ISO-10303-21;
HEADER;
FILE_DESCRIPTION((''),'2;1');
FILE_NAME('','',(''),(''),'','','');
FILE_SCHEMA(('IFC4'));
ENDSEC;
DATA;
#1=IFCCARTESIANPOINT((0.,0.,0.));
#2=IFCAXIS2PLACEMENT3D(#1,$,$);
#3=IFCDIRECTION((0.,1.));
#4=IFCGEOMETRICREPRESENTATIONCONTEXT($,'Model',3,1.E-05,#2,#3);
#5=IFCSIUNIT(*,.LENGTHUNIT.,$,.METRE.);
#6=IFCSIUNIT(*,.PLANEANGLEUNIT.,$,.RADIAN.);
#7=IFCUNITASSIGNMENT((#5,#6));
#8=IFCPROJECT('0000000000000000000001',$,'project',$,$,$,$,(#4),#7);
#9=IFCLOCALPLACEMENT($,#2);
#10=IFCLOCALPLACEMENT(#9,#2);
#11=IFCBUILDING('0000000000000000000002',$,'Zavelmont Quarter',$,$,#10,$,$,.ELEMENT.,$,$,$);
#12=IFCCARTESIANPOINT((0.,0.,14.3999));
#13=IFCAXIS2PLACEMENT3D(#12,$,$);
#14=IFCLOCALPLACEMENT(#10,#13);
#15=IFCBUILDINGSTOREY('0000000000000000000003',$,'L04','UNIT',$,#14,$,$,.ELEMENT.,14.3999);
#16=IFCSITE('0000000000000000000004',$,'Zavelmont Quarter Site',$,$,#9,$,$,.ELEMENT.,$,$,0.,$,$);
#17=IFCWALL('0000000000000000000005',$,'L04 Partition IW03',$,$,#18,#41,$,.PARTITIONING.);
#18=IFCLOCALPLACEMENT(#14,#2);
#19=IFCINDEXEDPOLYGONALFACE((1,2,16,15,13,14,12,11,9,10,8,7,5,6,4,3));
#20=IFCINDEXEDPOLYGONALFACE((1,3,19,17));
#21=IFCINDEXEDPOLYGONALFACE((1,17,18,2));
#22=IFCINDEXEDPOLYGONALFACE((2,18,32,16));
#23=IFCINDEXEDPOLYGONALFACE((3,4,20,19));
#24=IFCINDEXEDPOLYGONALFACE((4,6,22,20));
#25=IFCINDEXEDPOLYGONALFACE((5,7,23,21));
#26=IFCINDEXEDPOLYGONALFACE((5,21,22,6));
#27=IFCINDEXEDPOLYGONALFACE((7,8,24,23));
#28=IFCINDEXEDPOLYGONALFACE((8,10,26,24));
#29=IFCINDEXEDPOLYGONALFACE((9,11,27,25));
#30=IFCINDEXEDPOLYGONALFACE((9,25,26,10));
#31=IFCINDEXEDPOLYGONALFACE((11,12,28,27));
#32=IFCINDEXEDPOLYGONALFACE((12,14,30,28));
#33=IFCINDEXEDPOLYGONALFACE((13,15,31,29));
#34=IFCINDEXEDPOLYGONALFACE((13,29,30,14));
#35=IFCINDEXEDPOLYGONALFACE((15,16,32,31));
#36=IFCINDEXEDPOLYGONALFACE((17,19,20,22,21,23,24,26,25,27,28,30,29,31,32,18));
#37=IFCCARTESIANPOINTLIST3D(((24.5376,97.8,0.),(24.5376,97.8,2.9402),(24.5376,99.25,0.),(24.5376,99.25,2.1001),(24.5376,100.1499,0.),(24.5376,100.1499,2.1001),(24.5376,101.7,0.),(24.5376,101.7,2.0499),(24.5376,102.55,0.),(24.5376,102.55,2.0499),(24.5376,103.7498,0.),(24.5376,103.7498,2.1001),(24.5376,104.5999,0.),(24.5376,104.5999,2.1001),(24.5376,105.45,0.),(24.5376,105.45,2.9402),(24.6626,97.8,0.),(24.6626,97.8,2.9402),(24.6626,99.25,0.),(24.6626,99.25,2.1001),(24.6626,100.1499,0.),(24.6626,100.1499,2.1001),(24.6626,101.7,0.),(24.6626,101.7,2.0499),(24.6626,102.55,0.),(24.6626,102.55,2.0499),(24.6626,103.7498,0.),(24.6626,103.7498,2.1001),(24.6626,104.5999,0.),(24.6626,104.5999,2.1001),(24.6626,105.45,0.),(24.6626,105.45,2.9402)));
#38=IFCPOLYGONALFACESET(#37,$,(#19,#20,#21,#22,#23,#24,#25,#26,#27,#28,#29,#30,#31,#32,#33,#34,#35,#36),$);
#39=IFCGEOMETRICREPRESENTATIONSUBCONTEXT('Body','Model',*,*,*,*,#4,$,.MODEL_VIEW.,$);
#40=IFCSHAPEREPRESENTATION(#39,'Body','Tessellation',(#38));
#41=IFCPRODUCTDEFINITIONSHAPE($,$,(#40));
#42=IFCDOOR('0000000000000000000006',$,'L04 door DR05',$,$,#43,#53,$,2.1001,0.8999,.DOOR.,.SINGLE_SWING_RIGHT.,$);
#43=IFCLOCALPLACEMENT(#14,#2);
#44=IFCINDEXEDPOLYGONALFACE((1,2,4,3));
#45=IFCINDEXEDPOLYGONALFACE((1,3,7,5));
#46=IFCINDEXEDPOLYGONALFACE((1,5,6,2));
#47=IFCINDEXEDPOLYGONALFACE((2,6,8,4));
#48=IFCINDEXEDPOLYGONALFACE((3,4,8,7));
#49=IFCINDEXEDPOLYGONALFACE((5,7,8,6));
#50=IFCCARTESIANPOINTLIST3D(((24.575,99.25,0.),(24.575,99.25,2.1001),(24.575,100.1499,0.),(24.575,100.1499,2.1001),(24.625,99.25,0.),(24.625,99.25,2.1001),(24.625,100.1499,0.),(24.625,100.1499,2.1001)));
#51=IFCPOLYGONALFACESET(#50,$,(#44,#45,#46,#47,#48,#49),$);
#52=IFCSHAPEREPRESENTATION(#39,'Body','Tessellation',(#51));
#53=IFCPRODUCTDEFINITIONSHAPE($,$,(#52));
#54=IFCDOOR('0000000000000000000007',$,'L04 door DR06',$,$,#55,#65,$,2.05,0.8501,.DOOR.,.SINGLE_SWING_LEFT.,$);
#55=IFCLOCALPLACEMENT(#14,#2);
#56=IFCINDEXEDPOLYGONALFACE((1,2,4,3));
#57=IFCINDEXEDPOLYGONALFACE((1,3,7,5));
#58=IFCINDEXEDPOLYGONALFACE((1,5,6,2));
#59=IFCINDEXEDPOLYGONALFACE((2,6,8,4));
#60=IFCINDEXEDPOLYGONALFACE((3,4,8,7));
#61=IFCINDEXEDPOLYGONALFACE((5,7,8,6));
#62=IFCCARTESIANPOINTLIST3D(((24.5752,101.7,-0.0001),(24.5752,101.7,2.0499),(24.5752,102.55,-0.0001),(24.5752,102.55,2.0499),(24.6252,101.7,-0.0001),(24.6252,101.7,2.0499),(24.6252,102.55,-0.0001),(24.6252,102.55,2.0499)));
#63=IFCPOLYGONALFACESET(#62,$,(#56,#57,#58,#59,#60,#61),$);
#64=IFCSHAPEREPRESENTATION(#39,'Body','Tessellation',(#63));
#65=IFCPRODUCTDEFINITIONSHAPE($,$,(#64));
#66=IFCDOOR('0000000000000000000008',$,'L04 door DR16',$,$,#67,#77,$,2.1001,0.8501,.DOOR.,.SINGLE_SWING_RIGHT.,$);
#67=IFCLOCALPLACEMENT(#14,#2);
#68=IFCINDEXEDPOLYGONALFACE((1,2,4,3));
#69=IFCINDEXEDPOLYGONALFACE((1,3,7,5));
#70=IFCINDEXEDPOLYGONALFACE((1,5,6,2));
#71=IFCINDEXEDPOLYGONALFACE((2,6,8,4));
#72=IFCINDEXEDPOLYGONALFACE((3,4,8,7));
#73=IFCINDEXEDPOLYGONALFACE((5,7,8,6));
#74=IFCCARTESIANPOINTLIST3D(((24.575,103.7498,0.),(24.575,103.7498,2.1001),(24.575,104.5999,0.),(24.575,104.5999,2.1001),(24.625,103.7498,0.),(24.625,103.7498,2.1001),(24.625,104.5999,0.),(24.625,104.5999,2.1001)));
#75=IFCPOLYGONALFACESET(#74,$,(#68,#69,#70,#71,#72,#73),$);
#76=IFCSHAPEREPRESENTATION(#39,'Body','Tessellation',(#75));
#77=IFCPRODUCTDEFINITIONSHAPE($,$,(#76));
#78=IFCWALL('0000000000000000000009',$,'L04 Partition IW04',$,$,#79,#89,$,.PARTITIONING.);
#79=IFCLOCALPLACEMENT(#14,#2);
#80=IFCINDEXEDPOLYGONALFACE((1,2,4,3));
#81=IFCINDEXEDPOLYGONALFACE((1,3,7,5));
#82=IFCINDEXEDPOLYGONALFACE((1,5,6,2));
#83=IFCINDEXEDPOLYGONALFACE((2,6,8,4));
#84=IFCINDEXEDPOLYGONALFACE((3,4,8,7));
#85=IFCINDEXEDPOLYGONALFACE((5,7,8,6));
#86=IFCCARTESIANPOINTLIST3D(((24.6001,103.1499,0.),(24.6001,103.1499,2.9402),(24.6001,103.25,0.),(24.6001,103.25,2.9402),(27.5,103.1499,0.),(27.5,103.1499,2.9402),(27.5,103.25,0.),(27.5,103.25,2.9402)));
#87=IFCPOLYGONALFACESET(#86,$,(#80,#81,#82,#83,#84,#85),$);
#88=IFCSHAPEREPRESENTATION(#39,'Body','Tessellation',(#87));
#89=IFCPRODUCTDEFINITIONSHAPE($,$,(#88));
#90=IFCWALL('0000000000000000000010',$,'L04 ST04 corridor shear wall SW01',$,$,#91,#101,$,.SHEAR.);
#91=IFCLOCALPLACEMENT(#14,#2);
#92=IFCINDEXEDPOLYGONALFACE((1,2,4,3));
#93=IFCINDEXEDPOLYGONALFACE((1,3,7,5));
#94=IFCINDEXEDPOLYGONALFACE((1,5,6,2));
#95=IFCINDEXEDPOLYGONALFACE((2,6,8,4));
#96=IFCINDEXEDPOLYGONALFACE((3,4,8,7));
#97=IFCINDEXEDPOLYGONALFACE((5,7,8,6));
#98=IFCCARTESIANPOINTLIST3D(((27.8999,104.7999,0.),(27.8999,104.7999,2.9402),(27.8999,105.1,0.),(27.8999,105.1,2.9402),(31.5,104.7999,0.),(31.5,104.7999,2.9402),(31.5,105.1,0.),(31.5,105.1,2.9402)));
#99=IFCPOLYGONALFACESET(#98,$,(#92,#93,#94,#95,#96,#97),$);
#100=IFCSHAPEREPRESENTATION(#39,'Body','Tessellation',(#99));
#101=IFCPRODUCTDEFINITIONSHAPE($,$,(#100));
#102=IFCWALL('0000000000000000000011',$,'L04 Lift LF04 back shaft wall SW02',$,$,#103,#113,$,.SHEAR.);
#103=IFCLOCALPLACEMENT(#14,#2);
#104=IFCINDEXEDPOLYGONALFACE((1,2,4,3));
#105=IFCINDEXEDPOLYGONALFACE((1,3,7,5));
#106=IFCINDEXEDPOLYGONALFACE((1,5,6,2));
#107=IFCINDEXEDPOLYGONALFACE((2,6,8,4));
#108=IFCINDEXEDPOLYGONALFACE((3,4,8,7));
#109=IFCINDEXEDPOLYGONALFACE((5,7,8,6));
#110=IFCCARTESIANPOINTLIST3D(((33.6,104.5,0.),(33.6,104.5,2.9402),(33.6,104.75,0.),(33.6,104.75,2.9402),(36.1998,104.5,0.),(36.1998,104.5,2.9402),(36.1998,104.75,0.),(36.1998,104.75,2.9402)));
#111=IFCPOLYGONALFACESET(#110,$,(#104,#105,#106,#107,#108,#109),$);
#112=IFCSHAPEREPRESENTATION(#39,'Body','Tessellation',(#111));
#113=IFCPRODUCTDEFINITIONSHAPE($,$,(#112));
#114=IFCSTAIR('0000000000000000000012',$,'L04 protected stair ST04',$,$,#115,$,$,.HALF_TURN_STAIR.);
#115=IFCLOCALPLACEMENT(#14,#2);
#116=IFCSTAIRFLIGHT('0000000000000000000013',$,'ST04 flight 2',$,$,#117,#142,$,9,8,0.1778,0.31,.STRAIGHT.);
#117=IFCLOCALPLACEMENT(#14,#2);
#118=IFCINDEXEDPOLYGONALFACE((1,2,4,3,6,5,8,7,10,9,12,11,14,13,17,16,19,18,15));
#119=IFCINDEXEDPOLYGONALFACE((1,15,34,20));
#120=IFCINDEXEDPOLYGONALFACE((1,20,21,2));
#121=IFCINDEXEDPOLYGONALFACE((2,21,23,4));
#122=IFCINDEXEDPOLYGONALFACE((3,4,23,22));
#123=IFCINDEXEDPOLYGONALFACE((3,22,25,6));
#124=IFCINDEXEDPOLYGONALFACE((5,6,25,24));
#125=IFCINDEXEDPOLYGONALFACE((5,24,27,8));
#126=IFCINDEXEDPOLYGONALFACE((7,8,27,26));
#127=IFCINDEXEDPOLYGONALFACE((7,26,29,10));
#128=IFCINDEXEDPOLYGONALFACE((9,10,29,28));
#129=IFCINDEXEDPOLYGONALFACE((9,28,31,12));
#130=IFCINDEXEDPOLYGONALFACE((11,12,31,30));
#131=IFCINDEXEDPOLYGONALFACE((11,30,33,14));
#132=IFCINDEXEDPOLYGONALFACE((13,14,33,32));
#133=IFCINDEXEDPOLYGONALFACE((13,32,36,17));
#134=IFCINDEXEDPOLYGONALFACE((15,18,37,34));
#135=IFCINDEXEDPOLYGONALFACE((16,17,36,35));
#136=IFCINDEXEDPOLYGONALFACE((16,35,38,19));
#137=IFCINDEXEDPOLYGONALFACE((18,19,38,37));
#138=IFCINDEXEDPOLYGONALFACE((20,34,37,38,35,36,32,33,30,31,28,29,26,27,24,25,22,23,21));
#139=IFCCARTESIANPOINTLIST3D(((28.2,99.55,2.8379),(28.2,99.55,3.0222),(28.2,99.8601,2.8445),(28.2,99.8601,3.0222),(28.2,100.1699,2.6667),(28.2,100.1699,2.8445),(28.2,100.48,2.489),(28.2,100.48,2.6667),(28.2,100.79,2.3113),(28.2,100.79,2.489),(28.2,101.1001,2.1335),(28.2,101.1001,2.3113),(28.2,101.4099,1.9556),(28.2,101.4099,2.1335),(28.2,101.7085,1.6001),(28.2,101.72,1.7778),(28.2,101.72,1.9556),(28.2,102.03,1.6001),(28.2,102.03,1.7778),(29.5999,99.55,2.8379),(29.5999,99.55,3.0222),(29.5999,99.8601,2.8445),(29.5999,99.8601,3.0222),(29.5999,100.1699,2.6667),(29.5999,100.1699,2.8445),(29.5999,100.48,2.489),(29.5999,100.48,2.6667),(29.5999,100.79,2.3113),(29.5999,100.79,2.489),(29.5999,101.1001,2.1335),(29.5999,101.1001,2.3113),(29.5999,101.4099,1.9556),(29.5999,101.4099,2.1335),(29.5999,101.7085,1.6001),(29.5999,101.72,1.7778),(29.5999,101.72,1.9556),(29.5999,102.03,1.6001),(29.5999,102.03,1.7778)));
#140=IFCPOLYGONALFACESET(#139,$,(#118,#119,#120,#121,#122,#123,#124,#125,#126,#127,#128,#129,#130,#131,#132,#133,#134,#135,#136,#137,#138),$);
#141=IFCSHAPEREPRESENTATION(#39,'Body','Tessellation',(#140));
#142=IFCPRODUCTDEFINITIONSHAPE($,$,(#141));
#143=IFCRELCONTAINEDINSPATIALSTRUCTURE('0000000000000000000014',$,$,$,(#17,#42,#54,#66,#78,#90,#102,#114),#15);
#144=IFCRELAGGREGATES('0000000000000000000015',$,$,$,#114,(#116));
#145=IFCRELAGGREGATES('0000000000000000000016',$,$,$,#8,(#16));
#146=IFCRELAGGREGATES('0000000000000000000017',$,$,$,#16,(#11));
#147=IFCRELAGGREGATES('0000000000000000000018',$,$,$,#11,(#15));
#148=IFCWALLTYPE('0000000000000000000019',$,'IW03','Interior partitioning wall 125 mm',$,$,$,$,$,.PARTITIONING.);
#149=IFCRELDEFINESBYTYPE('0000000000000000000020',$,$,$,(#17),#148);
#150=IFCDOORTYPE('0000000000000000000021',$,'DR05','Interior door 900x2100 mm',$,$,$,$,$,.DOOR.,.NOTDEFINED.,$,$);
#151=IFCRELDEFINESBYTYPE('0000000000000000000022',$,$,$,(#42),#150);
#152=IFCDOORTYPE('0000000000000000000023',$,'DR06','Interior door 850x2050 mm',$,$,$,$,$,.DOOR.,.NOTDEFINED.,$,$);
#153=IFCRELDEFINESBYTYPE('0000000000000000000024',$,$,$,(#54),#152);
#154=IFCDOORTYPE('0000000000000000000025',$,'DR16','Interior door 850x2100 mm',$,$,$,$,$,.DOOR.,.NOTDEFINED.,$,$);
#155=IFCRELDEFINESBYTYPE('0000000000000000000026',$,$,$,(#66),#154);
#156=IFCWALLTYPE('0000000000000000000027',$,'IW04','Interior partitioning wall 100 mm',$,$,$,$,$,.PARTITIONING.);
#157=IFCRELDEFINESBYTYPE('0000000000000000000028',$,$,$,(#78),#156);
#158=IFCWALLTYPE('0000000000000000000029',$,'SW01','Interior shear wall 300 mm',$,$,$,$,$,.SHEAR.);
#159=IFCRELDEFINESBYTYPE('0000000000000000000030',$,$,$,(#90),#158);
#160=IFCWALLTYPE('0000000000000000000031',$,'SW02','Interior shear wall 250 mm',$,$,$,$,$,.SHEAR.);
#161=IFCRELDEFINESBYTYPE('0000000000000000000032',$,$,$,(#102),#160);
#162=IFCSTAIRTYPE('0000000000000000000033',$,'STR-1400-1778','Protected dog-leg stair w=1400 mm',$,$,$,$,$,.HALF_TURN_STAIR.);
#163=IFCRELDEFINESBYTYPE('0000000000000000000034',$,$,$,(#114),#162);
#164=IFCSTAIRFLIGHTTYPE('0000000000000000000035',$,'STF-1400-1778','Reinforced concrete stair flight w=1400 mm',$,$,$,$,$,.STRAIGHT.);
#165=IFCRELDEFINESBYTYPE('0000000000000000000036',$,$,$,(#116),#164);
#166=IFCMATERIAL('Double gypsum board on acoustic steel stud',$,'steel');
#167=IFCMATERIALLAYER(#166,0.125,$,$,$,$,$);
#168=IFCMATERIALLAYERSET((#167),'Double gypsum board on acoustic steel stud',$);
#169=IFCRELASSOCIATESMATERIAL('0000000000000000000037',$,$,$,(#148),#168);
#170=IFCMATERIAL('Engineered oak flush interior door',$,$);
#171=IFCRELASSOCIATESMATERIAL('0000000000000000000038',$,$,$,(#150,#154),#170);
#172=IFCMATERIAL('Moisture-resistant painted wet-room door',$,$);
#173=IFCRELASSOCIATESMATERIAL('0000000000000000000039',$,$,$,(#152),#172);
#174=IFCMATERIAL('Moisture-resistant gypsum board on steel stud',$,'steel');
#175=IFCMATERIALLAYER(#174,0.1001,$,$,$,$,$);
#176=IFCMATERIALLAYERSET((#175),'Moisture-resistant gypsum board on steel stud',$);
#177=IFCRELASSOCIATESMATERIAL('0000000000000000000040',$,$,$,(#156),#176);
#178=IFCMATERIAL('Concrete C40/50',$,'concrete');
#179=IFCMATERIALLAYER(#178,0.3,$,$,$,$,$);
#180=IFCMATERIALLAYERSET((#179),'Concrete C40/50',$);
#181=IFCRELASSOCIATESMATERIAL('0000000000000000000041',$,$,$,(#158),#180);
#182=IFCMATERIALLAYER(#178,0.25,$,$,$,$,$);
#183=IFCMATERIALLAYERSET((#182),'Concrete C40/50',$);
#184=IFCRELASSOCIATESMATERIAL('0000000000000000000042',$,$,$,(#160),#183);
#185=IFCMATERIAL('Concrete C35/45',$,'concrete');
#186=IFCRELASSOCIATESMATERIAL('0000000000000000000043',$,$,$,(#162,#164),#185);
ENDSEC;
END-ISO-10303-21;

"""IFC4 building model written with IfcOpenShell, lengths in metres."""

from ifc_helpers import new_model, si_unit, direction, frame, frame_2d, origin, origin_with_axes, place, context, subcontext, project, spatial, polyline, rectangle, outline, extrude, material, layer, layer_set, type_object, element, fill, aggregate, save


model = new_model("IFC4")

# Units and contexts
model_context = context("Model", 3, precision=1e-05, world=origin(), true_north=direction((0.0, 1.0)))
body_context = subcontext(model_context, "Body", "Model", "MODEL_VIEW")
ifc_project = project(units=[si_unit("LENGTHUNIT", "METRE"), si_unit("PLANEANGLEUNIT", "RADIAN")], contexts=[model_context])

# Site, building, storey
site_placement = place(None, origin())
site = spatial("IfcSite", under=ifc_project, at=site_placement, Name="Zavelmont Quarter Site", CompositionType="ELEMENT", RefElevation=0.0)
building_placement = place(site_placement, origin())
building = spatial("IfcBuilding", under=site, at=building_placement, Name="Zavelmont Quarter", CompositionType="ELEMENT")
storey_placement = place(building_placement, frame((0.0, 0.0, 14.3999)))
storey = spatial("IfcBuildingStorey", under=building, at=storey_placement, Name="L04", Description="UNIT", CompositionType="ELEMENT", Elevation=14.3999)

# Shared definitions
ifc_material_1 = material(Name="Concrete C35/45", Category="concrete")

# Shared definitions
ifc_material_2 = material(Name="Concrete C40/50", Category="concrete")

# Wall, openings, doors
ifc_material_3 = material(Name="Double gypsum board on acoustic steel stud", Category="steel")
ifc_layer_1 = layer(ifc_material_3, 0.125)
ifc_layer_set_1 = layer_set([ifc_layer_1], Name="Double gypsum board on acoustic steel stud")
wall_type_1 = type_object("IfcWallType", Name="IW03", Description="Interior partitioning wall 125 mm", PredefinedType="PARTITIONING", material=ifc_layer_set_1)
wall_1_placement = place(storey_placement, frame((24.6001, 105.45, 0.0), z_axis=(0.0, 0.0, 1.0), x_axis=(0.0, -1.0, 0.0)))
wall_1 = element("IfcWall", 1, at=wall_1_placement, inside=storey, type_object=wall_type_1, Name="L04 Partition IW03", PredefinedType="PARTITIONING", context=body_context, shape_type="SweptSolid", body=[
    extrude(rectangle(XDim=7.6499, YDim=0.125, at=frame_2d((3.825, 0.0))), origin(), (0.0, 0.0, 1.0), 2.9402),
])
opening_1_placement = place(wall_1_placement, frame((0.8501, 0.0, 0.0)))
opening_1 = element("IfcOpeningElement", 2, at=opening_1_placement, cuts=wall_1, PredefinedType="OPENING", context=body_context, shape_type="SweptSolid", body=[
    extrude(rectangle(XDim=0.8501, YDim=2.1001, at=frame_2d((0.425, 1.05))), frame((0.0, 0.0745, 0.0), z_axis=(0.0, -1.0, 0.0), x_axis=(1.0, 0.0, 0.0)), (0.0, 0.0, 1.0), 0.1489),
])
opening_2_placement = place(wall_1_placement, frame((2.8999, 0.0, 0.0)))
opening_2 = element("IfcOpeningElement", 3, at=opening_2_placement, cuts=wall_1, PredefinedType="OPENING", context=body_context, shape_type="SweptSolid", body=[
    extrude(rectangle(XDim=0.8501, YDim=2.05, at=frame_2d((0.425, 1.0249))), frame((0.0, 0.0745, 0.0), z_axis=(0.0, -1.0, 0.0), x_axis=(1.0, 0.0, 0.0)), (0.0, 0.0, 1.0), 0.1489),
])
opening_3_placement = place(wall_1_placement, frame((5.3, 0.0, 0.0)))
opening_3 = element("IfcOpeningElement", 4, at=opening_3_placement, cuts=wall_1, PredefinedType="OPENING", context=body_context, shape_type="SweptSolid", body=[
    extrude(rectangle(XDim=0.8999, YDim=2.1001, at=frame_2d((0.45, 1.05))), frame((0.0, 0.0745, 0.0), z_axis=(0.0, -1.0, 0.0), x_axis=(1.0, 0.0, 0.0)), (0.0, 0.0, 1.0), 0.1489),
])
ifc_material_4 = material(Name="Engineered oak flush interior door")
door_type_1 = type_object("IfcDoorType", Name="DR05", Description="Interior door 900x2100 mm", OperationType="NOTDEFINED", PredefinedType="DOOR", material=ifc_material_4)
door_1_placement = place(opening_3_placement, origin_with_axes())
door_1 = element("IfcDoor", 5, at=door_1_placement, inside=storey, type_object=door_type_1, Name="L04 door DR05", OperationType="SINGLE_SWING_RIGHT", OverallHeight=2.1001, OverallWidth=0.8999, PredefinedType="DOOR", context=body_context, shape_type="SweptSolid", body=[
    extrude(rectangle(XDim=0.8999, YDim=2.1001, at=frame_2d((0.45, 1.05))), frame((0.0, 0.0249, 0.0), z_axis=(0.0, -1.0, 0.0), x_axis=(1.0, 0.0, 0.0)), (0.0, 0.0, 1.0), 0.05),
])
fill(opening_3, door_1)
ifc_material_5 = material(Name="Moisture-resistant painted wet-room door")
door_type_2 = type_object("IfcDoorType", Name="DR06", Description="Interior door 850x2050 mm", OperationType="NOTDEFINED", PredefinedType="DOOR", material=ifc_material_5)
door_2_placement = place(opening_2_placement, frame((0.8501, 0.0, 0.0), z_axis=(0.0, 0.0, 1.0), x_axis=(-1.0, 0.0, 0.0)))
door_2 = element("IfcDoor", 6, at=door_2_placement, inside=storey, type_object=door_type_2, Name="L04 door DR06", OperationType="SINGLE_SWING_LEFT", OverallHeight=2.05, OverallWidth=0.8501, PredefinedType="DOOR", context=body_context, shape_type="SweptSolid", body=[
    extrude(rectangle(XDim=0.8501, YDim=2.05, at=frame_2d((0.425, 1.0249))), frame((0.0, 0.0249, 0.0), z_axis=(0.0, -1.0, 0.0), x_axis=(1.0, 0.0, 0.0)), (0.0, 0.0, 1.0), 0.05),
])
fill(opening_2, door_2)
door_type_3 = type_object("IfcDoorType", Name="DR16", Description="Interior door 850x2100 mm", OperationType="NOTDEFINED", PredefinedType="DOOR", material=ifc_material_4)
door_3_placement = place(opening_1_placement, origin_with_axes())
door_3 = element("IfcDoor", 7, at=door_3_placement, inside=storey, type_object=door_type_3, Name="L04 door DR16", OperationType="SINGLE_SWING_RIGHT", OverallHeight=2.1001, OverallWidth=0.8501, PredefinedType="DOOR", context=body_context, shape_type="SweptSolid", body=[
    extrude(rectangle(XDim=0.8501, YDim=2.1001, at=frame_2d((0.425, 1.05))), frame((0.0, 0.0249, 0.0), z_axis=(0.0, -1.0, 0.0), x_axis=(1.0, 0.0, 0.0)), (0.0, 0.0, 1.0), 0.05),
])
fill(opening_1, door_3)

# Walls
ifc_material_6 = material(Name="Moisture-resistant gypsum board on steel stud", Category="steel")
ifc_layer_2 = layer(ifc_material_6, 0.1001)
ifc_layer_set_2 = layer_set([ifc_layer_2], Name="Moisture-resistant gypsum board on steel stud")
wall_type_2 = type_object("IfcWallType", Name="IW04", Description="Interior partitioning wall 100 mm", PredefinedType="PARTITIONING", material=ifc_layer_set_2)
wall_2_placement = place(storey_placement, frame((24.6001, 103.2, 0.0), z_axis=(0.0, 0.0, 1.0), x_axis=(1.0, 0.0, 0.0)))
element("IfcWall", 8, at=wall_2_placement, inside=storey, type_object=wall_type_2, Name="L04 Partition IW04", PredefinedType="PARTITIONING", context=body_context, shape_type="SweptSolid", body=[
    extrude(rectangle(XDim=2.8999, YDim=0.1001, at=frame_2d((1.45, 0.0))), origin(), (0.0, 0.0, 1.0), 2.9402),
])
ifc_layer_3 = layer(ifc_material_2, 0.3)
ifc_layer_set_3 = layer_set([ifc_layer_3], Name="Concrete C40/50")
wall_type_3 = type_object("IfcWallType", Name="SW01", Description="Interior shear wall 300 mm", PredefinedType="SHEAR", material=ifc_layer_set_3)
wall_3_placement = place(storey_placement, frame((27.8999, 104.95, 0.0), z_axis=(0.0, 0.0, 1.0), x_axis=(1.0, 0.0, 0.0)))
element("IfcWall", 9, at=wall_3_placement, inside=storey, type_object=wall_type_3, Name="L04 ST04 corridor shear wall SW01", PredefinedType="SHEAR", context=body_context, shape_type="SweptSolid", body=[
    extrude(rectangle(XDim=3.6001, YDim=0.3, at=frame_2d((1.8, 0.0))), origin(), (0.0, 0.0, 1.0), 2.9402),
])
ifc_layer_4 = layer(ifc_material_2, 0.25)
ifc_layer_set_4 = layer_set([ifc_layer_4], Name="Concrete C40/50")
wall_type_4 = type_object("IfcWallType", Name="SW02", Description="Interior shear wall 250 mm", PredefinedType="SHEAR", material=ifc_layer_set_4)
wall_4_placement = place(storey_placement, frame((33.6001, 104.625, 0.0), z_axis=(0.0, 0.0, 1.0), x_axis=(1.0, 0.0, 0.0)))
element("IfcWall", 10, at=wall_4_placement, inside=storey, type_object=wall_type_4, Name="L04 Lift LF04 back shaft wall SW02", PredefinedType="SHEAR", context=body_context, shape_type="SweptSolid", body=[
    extrude(rectangle(XDim=2.5999, YDim=0.25, at=frame_2d((1.2998, 0.0))), origin(), (0.0, 0.0, 1.0), 2.9402),
])

# Stair, stair flight
stair_type = type_object("IfcStairType", Name="STR-1400-1778", Description="Protected dog-leg stair w=1400 mm", PredefinedType="HALF_TURN_STAIR", material=ifc_material_1)
stair_placement = place(storey_placement, origin())
stair = element("IfcStair", 11, at=stair_placement, inside=storey, type_object=stair_type, Name="L04 protected stair ST04", PredefinedType="HALF_TURN_STAIR")
stair_flight_type = type_object("IfcStairFlightType", Name="STF-1400-1778", Description="Reinforced concrete stair flight w=1400 mm", PredefinedType="STRAIGHT", material=ifc_material_1)
stair_flight_placement = place(storey_placement, frame((28.8999, 102.03, 1.6001), z_axis=(0.0, 0.0, 1.0), x_axis=(0.0, -1.0, 0.0)))
stair_flight = element("IfcStairFlight", 12, at=stair_flight_placement, type_object=stair_flight_type, Name="ST04 flight 2", NumberOfRisers=9, NumberOfTreads=8, PredefinedType="STRAIGHT", RiserHeight=0.1778, TreadLength=0.31, context=body_context, shape_type="SweptSolid", body=[
    extrude(outline(polyline([(0.0, 0.0), (0.0, 0.1777), (0.3101, 0.1777), (0.3101, 0.3555), (0.6201, 0.3555), (0.6201, 0.5334), (0.9299, 0.5334), (0.9299, 0.7112), (1.24, 0.7112), (1.24, 0.8889), (1.55, 0.8889), (1.55, 1.0667), (1.8601, 1.0667), (1.8601, 1.2444), (2.1699, 1.2444), (2.1699, 1.4221), (2.48, 1.4221), (2.48, 1.6001), (2.48, 1.2378), (0.3215, 0.0), (0.0, 0.0)])), frame((0.0, 0.7, 0.0), z_axis=(0.0, -1.0, 0.0), x_axis=(1.0, 0.0, 0.0)), (0.0, 0.0, 1.0), 1.3999),
])
aggregate(stair, [stair_flight])

save(model, "model.ifc")
